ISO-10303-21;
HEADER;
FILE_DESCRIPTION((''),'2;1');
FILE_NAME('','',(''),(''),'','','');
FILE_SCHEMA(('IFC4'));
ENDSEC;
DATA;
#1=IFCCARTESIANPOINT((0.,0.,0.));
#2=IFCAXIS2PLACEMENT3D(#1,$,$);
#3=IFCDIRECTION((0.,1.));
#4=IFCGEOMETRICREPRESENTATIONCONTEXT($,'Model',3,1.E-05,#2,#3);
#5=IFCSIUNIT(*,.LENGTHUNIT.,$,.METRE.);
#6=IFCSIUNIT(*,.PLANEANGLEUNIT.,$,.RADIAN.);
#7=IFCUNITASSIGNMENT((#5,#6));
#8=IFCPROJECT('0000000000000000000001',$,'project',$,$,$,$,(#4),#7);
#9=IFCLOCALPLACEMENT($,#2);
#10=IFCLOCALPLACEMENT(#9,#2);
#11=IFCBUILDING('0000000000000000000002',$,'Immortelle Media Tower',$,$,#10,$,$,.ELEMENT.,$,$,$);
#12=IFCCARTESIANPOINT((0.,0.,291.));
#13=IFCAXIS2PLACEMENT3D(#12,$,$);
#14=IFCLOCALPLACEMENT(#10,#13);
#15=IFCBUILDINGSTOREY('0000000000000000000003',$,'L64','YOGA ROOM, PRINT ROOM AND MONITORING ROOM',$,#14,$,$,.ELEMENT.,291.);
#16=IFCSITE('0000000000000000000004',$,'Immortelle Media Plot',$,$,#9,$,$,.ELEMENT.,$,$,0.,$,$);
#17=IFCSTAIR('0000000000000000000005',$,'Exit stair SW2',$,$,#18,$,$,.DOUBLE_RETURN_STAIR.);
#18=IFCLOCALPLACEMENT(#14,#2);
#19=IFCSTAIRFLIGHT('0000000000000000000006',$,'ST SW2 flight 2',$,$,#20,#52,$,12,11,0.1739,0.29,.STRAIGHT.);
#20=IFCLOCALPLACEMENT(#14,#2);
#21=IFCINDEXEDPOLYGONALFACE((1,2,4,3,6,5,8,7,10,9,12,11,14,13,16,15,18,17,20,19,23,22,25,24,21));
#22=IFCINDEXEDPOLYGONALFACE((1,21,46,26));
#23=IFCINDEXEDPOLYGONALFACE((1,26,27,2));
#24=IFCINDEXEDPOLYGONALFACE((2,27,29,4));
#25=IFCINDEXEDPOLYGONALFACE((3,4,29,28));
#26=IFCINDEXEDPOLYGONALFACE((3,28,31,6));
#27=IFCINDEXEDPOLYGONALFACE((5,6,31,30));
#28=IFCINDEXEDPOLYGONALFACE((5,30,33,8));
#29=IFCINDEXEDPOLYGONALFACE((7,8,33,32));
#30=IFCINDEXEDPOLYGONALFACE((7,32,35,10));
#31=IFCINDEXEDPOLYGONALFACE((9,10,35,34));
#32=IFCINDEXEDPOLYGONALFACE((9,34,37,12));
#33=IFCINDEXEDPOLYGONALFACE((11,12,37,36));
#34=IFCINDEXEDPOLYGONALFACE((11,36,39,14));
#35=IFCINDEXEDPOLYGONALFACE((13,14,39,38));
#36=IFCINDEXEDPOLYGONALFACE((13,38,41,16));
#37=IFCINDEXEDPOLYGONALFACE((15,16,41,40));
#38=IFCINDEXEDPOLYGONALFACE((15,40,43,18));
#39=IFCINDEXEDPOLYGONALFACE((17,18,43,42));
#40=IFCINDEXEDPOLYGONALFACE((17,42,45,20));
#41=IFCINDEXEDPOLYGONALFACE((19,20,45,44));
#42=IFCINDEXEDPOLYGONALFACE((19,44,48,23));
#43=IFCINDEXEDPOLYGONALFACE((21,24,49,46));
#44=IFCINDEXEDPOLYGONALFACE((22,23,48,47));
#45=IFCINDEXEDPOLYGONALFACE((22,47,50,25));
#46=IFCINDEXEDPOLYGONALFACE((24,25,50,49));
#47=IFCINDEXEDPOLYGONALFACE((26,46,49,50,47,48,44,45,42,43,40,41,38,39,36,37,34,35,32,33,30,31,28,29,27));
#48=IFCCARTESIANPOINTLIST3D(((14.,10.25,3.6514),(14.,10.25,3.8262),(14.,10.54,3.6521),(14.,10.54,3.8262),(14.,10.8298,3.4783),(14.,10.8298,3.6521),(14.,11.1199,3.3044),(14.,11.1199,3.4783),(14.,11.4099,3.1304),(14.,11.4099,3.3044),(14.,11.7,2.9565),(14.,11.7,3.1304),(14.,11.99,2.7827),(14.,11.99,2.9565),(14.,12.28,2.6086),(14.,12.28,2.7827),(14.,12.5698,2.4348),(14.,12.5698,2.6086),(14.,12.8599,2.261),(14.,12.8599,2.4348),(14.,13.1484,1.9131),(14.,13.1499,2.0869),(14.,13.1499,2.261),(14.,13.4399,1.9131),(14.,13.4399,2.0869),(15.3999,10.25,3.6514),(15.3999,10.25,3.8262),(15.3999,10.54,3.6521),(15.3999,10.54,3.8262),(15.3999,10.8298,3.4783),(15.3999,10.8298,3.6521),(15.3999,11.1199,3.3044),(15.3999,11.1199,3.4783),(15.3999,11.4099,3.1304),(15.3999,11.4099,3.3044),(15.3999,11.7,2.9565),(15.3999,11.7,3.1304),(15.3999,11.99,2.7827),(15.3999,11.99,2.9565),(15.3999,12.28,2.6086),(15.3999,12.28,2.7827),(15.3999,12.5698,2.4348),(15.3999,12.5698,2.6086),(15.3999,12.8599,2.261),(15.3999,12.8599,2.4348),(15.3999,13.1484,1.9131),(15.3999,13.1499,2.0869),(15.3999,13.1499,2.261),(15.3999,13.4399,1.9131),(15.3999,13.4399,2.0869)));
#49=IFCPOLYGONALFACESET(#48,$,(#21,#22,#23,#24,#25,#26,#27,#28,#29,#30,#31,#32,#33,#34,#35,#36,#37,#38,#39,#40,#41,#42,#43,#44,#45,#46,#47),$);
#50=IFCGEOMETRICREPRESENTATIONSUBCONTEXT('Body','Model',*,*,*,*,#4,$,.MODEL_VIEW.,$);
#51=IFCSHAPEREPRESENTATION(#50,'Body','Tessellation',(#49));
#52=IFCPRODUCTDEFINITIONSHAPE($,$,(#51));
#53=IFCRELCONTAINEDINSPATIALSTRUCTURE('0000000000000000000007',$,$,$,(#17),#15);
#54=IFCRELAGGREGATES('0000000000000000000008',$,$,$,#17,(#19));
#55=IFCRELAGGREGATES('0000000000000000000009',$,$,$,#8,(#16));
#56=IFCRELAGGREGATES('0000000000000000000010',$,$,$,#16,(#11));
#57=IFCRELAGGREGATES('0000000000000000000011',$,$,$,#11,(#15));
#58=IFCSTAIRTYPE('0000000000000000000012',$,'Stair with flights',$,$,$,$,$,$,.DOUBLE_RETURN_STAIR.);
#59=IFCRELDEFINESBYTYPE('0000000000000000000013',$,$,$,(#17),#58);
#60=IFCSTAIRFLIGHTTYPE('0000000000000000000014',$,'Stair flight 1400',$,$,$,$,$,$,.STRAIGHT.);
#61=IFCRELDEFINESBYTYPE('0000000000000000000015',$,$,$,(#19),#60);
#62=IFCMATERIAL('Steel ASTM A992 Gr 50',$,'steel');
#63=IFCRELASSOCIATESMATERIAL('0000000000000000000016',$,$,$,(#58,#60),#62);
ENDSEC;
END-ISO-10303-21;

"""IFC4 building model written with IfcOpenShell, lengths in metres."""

from ifc_helpers import new_model, si_unit, direction, frame, origin, place, context, subcontext, project, spatial, polyline, outline, extrude, material, type_object, element, aggregate, save


model = new_model("IFC4")

# Units and contexts
model_context = context("Model", 3, precision=1e-05, world=origin(), true_north=direction((0.0, 1.0)))
body_context = subcontext(model_context, "Body", "Model", "MODEL_VIEW")
ifc_project = project(units=[si_unit("LENGTHUNIT", "METRE"), si_unit("PLANEANGLEUNIT", "RADIAN")], contexts=[model_context])

# Site, building, storey
site_placement = place(None, origin())
site = spatial("IfcSite", under=ifc_project, at=site_placement, Name="Immortelle Media Plot", CompositionType="ELEMENT", RefElevation=0.0)
building_placement = place(site_placement, origin())
building = spatial("IfcBuilding", under=site, at=building_placement, Name="Immortelle Media Tower", CompositionType="ELEMENT")
storey_placement = place(building_placement, frame((0.0, 0.0, 291.0)))
storey = spatial("IfcBuildingStorey", under=building, at=storey_placement, Name="L64", Description="YOGA ROOM, PRINT ROOM AND MONITORING ROOM", CompositionType="ELEMENT", Elevation=291.0)

# Shared definitions
ifc_material_1 = material(Name="Steel ASTM A992 Gr 50", Category="steel")

# Stair, stair flight
stair_type = type_object("IfcStairType", Name="Stair with flights", PredefinedType="DOUBLE_RETURN_STAIR", material=ifc_material_1)
stair_flight_type = type_object("IfcStairFlightType", Name="Stair flight 1400", PredefinedType="STRAIGHT", material=ifc_material_1)
stair_1_placement = place(storey_placement, origin())
stair_1 = element("IfcStair", 1, at=stair_1_placement, inside=storey, type_object=stair_type, Name="Exit stair SW2", PredefinedType="DOUBLE_RETURN_STAIR")
stair_flight_1_placement = place(storey_placement, frame((14.7, 13.4399, 1.9131), z_axis=(0.0, 0.0, 1.0), x_axis=(0.0, -1.0, 0.0)))
stair_flight_1 = element("IfcStairFlight", 2, at=stair_flight_1_placement, type_object=stair_flight_type, Name="ST SW2 flight 2", NumberOfRisers=12, NumberOfTreads=11, PredefinedType="STRAIGHT", RiserHeight=0.1739, TreadLength=0.29, context=body_context, shape_type="SweptSolid", body=[
    extrude(outline(polyline([(0.0, 0.0), (0.0, 0.1738), (0.29, 0.1738), (0.29, 0.3479), (0.5801, 0.3479), (0.5801, 0.5217), (0.8701, 0.5217), (0.8701, 0.6956), (1.1599, 0.6956), (1.1599, 0.8696), (1.45, 0.8696), (1.45, 1.0435), (1.74, 1.0435), (1.74, 1.2173), (2.03, 1.2173), (2.03, 1.3914), (2.3201, 1.3914), (2.3201, 1.5652), (2.6101, 1.5652), (2.6101, 1.739), (2.8999, 1.739), (2.8999, 1.9131), (3.1899, 1.9131), (3.1899, 2.0869), (3.1899, 1.7383), (0.2915, 0.0), (0.0, 0.0)])), frame((0.0, 0.7, 0.0), z_axis=(0.0, -1.0, 0.0), x_axis=(1.0, 0.0, 0.0)), (0.0, 0.0, 1.0), 1.3999),
])
aggregate(stair_1, [stair_flight_1])

save(model, "model.ifc")
